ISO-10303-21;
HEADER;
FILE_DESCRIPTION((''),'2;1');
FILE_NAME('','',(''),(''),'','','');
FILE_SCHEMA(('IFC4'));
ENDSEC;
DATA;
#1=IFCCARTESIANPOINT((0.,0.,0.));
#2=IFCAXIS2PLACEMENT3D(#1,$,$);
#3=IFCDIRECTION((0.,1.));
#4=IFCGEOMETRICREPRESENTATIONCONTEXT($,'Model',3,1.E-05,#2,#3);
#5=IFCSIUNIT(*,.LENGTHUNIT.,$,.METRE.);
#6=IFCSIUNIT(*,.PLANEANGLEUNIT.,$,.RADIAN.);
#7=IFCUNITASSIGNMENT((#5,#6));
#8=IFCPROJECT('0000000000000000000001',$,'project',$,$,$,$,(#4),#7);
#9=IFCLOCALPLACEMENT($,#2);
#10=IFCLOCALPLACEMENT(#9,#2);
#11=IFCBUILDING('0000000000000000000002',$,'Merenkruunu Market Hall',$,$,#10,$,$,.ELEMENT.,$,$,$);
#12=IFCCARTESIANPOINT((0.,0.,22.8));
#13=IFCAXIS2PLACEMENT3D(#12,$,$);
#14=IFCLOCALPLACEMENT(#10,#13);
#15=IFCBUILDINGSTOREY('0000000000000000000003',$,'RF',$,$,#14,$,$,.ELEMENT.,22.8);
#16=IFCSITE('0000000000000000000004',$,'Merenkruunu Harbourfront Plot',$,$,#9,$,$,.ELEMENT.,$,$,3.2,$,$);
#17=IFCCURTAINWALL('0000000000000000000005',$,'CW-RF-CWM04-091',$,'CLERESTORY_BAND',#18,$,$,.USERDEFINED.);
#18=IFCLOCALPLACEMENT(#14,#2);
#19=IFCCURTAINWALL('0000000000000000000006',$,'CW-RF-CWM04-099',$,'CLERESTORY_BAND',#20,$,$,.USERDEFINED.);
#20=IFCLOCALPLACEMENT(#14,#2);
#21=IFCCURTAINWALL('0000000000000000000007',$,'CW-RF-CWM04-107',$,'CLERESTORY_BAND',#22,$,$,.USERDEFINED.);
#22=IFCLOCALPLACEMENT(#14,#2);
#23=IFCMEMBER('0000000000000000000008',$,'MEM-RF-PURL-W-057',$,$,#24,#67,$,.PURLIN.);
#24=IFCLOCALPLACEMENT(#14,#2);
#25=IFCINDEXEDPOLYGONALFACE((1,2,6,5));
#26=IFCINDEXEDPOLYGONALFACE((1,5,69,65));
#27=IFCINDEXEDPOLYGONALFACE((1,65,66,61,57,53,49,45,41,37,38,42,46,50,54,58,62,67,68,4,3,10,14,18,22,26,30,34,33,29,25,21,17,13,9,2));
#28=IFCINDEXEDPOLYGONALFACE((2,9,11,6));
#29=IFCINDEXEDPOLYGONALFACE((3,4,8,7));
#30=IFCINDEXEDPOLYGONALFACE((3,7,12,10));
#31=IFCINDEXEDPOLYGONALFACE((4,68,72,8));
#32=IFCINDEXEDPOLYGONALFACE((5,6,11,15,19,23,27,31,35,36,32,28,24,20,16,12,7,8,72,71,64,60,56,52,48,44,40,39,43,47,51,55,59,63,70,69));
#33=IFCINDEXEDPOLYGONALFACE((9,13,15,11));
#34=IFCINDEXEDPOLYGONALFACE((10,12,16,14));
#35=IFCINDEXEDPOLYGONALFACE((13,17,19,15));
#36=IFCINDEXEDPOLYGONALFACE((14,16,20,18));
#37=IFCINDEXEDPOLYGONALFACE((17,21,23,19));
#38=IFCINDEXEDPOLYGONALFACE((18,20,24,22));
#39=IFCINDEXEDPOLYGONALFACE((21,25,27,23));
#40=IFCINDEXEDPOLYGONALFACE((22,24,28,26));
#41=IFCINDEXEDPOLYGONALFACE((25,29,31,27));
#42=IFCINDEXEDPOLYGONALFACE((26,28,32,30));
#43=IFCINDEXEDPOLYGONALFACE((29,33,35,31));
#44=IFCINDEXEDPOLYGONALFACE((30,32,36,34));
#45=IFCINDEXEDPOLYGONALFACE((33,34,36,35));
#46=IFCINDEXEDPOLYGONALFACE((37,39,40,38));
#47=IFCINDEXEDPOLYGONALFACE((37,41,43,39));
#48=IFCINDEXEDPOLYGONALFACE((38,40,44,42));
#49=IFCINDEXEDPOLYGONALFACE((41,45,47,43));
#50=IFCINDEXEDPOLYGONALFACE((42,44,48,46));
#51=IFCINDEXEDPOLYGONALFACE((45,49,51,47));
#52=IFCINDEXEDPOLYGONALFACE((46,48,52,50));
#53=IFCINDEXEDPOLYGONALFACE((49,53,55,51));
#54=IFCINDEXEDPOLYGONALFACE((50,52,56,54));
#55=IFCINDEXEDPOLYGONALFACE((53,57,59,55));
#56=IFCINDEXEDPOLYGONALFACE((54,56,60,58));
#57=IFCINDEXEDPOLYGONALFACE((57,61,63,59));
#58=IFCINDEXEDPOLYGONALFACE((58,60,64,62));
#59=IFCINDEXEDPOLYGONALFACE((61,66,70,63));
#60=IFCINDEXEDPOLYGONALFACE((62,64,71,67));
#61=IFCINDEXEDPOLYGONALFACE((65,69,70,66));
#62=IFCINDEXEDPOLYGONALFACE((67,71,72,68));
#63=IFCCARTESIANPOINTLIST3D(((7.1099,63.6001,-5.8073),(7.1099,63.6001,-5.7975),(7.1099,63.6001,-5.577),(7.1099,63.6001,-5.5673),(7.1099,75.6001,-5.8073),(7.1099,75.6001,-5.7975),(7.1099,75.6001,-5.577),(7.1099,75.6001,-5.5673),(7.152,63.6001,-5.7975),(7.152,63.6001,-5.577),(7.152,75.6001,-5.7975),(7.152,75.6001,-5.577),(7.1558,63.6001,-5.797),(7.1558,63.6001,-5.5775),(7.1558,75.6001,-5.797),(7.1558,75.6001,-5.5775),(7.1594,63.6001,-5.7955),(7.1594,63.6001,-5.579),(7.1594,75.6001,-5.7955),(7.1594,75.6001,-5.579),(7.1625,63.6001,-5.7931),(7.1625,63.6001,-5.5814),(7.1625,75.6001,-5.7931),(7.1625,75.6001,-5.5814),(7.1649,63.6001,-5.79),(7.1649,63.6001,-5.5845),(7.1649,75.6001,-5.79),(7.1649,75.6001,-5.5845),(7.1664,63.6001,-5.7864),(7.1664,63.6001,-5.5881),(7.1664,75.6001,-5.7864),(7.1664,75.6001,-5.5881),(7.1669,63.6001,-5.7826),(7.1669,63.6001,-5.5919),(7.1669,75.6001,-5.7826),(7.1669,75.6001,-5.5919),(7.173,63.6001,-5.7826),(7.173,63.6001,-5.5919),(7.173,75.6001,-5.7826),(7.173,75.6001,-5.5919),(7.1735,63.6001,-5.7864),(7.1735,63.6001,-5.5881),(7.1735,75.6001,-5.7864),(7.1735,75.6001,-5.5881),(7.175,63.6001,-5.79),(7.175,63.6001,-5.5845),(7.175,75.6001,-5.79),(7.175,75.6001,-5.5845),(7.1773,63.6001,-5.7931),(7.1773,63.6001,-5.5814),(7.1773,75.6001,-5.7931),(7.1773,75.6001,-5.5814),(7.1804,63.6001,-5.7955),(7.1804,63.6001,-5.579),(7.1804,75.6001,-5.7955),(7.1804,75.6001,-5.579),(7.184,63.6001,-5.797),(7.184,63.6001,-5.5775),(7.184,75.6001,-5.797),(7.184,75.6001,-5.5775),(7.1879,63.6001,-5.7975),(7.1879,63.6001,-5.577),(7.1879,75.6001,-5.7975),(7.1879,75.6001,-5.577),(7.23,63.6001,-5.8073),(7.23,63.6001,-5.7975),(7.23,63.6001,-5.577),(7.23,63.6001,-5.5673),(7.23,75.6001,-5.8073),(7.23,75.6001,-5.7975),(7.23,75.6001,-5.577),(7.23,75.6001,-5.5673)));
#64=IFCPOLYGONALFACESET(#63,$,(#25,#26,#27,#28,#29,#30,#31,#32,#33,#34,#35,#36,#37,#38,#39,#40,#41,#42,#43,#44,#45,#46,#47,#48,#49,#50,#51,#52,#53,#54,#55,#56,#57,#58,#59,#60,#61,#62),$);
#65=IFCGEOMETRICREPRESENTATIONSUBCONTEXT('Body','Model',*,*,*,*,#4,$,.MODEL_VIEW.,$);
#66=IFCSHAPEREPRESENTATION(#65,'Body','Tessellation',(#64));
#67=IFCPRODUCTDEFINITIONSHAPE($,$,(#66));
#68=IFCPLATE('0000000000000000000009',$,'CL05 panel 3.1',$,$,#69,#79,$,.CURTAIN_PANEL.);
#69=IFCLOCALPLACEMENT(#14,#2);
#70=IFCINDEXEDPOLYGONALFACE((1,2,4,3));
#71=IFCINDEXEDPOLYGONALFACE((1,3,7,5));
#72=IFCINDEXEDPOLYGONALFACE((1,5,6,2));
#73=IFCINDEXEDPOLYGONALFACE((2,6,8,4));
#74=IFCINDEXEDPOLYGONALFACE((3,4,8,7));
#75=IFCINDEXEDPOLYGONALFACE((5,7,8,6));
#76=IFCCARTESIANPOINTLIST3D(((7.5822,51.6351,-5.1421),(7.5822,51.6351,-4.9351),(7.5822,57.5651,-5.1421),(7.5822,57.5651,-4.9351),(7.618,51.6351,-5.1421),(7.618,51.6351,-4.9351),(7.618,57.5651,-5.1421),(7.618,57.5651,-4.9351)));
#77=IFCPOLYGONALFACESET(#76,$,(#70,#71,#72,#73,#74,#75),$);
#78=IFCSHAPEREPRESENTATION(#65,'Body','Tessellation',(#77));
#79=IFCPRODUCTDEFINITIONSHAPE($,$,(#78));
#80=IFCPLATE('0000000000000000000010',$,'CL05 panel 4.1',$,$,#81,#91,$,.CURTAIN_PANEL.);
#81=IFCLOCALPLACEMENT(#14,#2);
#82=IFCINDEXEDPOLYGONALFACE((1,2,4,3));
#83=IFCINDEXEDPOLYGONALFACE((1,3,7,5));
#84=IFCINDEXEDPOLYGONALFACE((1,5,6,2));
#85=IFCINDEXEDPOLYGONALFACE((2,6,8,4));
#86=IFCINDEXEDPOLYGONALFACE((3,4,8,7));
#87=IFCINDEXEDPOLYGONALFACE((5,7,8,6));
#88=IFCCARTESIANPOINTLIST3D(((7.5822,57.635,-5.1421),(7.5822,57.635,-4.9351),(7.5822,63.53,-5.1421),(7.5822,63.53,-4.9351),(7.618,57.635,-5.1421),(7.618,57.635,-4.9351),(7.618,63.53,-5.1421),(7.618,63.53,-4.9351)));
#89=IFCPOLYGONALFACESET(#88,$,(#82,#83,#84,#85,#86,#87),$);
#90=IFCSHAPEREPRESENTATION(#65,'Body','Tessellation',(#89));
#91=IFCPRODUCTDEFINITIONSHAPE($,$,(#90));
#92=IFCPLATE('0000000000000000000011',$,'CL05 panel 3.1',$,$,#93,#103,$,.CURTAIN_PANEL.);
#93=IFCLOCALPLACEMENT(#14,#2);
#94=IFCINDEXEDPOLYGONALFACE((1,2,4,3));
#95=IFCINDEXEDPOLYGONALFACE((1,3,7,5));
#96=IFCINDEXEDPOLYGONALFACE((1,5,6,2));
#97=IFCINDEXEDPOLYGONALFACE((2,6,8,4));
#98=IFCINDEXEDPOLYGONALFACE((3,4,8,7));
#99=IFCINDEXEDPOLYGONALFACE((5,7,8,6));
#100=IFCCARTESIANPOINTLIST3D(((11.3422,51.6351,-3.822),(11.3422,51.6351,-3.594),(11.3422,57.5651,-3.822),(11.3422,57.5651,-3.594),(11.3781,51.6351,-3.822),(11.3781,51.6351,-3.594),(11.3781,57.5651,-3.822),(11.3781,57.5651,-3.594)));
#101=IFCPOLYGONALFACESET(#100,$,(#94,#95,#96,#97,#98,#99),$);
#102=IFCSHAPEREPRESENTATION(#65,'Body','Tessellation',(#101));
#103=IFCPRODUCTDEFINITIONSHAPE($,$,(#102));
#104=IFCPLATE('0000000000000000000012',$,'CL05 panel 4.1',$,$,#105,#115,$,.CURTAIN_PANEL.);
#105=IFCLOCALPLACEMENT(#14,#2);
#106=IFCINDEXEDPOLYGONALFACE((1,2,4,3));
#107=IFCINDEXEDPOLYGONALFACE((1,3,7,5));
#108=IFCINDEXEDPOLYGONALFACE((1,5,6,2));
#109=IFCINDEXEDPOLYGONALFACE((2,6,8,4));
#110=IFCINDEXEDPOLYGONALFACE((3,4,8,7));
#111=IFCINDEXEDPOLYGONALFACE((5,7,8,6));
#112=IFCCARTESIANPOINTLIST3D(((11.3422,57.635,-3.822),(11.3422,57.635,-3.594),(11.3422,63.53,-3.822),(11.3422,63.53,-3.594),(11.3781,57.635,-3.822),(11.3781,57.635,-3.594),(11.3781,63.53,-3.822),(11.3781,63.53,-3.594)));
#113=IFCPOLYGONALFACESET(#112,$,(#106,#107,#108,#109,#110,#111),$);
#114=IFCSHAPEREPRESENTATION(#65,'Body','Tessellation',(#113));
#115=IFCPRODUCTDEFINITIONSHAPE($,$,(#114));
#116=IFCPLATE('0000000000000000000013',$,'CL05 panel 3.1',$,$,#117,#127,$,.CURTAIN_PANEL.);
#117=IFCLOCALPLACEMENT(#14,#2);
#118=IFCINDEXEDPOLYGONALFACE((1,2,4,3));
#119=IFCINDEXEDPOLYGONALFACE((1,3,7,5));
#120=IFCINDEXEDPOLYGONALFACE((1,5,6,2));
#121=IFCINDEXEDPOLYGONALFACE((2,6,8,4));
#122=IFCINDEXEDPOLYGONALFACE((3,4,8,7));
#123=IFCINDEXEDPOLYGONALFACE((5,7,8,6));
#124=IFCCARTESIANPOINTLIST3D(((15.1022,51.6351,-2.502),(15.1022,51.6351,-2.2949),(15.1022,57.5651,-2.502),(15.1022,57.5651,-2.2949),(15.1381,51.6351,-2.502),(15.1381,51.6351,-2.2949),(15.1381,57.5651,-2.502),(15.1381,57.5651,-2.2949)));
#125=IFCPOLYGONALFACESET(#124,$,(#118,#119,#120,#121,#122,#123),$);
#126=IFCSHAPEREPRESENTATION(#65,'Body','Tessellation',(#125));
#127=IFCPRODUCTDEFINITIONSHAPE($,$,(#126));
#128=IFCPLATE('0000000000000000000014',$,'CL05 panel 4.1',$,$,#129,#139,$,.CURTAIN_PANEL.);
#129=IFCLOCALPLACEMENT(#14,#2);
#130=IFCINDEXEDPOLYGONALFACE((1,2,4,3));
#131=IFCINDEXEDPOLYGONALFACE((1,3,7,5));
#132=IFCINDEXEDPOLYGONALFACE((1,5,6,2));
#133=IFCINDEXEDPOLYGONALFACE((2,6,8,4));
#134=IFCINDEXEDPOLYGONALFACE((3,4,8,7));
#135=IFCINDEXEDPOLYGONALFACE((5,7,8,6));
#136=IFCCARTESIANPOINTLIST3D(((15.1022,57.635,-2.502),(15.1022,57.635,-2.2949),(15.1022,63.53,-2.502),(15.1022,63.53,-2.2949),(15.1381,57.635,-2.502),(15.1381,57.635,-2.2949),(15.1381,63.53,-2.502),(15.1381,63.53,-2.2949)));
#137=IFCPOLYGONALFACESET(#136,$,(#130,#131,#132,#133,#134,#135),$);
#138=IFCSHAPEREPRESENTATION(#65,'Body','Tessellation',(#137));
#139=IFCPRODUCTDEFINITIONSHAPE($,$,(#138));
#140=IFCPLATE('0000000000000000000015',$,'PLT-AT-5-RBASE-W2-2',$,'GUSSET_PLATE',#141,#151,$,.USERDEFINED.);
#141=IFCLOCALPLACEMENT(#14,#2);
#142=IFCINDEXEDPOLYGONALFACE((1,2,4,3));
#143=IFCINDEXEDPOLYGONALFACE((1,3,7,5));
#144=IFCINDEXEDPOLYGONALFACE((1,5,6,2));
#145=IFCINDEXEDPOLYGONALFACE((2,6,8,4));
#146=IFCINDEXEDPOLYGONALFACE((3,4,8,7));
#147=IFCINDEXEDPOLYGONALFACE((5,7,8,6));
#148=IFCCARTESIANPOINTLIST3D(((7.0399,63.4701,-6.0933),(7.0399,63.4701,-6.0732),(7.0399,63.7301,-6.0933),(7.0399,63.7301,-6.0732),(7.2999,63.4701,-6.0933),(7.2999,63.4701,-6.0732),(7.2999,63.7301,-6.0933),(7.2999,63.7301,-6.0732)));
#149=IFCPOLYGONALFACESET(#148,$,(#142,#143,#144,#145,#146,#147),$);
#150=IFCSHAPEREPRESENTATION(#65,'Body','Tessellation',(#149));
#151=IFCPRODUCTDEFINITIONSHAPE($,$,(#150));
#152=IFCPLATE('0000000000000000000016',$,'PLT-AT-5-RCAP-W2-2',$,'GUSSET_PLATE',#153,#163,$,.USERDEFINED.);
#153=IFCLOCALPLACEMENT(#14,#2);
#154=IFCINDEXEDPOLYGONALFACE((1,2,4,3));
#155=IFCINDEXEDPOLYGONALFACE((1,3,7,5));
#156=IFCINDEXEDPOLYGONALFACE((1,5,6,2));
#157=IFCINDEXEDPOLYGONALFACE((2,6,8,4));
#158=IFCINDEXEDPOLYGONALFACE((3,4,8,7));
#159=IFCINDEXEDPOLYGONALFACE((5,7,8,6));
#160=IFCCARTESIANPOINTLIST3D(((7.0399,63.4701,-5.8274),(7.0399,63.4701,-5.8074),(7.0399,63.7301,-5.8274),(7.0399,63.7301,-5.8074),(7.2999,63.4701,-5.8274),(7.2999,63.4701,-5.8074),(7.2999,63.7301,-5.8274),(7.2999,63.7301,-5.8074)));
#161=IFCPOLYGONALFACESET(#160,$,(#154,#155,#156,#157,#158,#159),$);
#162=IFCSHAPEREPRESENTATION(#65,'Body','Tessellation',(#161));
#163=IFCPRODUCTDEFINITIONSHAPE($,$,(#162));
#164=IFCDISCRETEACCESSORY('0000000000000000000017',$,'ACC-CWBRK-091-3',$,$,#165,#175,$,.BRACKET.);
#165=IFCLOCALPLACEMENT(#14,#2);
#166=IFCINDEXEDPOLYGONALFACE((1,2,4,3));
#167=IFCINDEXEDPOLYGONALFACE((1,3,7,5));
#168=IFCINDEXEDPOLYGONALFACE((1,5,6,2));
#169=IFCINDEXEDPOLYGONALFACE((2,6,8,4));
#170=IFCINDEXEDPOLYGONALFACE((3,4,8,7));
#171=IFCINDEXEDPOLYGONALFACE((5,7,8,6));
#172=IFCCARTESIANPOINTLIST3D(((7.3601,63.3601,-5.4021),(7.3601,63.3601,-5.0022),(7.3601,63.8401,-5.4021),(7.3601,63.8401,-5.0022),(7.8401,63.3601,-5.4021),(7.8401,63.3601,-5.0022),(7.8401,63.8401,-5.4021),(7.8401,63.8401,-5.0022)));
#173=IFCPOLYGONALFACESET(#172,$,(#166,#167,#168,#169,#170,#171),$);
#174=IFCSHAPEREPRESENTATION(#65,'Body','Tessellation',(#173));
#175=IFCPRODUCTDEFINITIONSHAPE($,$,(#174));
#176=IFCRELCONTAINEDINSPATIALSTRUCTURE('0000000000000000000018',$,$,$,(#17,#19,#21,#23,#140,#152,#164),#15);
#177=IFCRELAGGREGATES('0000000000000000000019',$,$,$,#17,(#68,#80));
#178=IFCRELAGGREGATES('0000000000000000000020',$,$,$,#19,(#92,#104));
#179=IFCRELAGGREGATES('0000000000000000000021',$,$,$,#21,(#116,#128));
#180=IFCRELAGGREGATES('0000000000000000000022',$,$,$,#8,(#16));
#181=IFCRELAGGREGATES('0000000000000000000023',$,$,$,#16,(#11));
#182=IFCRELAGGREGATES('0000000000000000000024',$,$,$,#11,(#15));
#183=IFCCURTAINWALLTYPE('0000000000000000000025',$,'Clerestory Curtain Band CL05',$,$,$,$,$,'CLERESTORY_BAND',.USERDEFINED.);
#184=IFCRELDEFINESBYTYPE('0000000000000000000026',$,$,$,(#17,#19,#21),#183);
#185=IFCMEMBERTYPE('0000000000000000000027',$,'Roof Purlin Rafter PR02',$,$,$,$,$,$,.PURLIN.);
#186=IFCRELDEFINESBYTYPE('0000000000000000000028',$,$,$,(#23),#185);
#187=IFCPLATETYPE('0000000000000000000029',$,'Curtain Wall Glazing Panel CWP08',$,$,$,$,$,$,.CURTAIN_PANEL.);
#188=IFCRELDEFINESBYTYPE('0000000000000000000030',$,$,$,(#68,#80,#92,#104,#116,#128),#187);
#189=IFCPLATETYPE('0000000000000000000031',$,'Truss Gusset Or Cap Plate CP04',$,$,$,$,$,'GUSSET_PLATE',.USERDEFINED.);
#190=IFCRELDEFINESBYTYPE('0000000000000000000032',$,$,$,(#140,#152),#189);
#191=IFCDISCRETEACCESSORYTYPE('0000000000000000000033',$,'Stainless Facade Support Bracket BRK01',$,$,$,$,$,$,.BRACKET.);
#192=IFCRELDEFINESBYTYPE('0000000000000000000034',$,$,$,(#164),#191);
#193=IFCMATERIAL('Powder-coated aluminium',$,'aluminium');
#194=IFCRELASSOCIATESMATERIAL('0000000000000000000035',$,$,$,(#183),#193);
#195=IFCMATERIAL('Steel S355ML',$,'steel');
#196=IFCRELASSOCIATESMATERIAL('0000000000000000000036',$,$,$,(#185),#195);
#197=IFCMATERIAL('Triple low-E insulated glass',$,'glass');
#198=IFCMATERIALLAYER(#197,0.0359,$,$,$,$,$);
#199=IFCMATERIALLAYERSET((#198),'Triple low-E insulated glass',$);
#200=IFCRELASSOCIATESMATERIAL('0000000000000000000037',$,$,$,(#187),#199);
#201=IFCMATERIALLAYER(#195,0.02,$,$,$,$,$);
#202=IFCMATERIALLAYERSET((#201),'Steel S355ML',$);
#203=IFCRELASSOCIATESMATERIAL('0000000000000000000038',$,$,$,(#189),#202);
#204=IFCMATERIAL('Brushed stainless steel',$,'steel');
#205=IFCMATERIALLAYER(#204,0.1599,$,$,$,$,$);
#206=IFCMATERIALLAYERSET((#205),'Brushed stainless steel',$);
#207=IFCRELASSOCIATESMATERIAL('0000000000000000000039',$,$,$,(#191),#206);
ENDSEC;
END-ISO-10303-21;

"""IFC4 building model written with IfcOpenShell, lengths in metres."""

from ifc_helpers import new_model, si_unit, direction, frame, origin, origin_2d, place, context, subcontext, project, spatial, rectangle, i_section, extrude, material, layer, layer_set, material_profile, profile_set, type_object, element, aggregate, save


model = new_model("IFC4")

# Units and contexts
model_context = context("Model", 3, precision=1e-05, world=origin(), true_north=direction((0.0, 1.0)))
body_context = subcontext(model_context, "Body", "Model", "MODEL_VIEW")
ifc_project = project(units=[si_unit("LENGTHUNIT", "METRE"), si_unit("PLANEANGLEUNIT", "RADIAN")], contexts=[model_context])

# Site, building, storey
site_placement = place(None, origin())
site = spatial("IfcSite", under=ifc_project, at=site_placement, Name="Merenkruunu Harbourfront Plot", CompositionType="ELEMENT", RefElevation=3.2)
building_placement = place(site_placement, origin())
building = spatial("IfcBuilding", under=site, at=building_placement, Name="Merenkruunu Market Hall", CompositionType="ELEMENT")
storey_placement = place(building_placement, frame((0.0, 0.0, 22.8)))
storey = spatial("IfcBuildingStorey", under=building, at=storey_placement, Name="RF", CompositionType="ELEMENT", Elevation=22.8)

# Curtain walls
ifc_material_1 = material(Name="Powder-coated aluminium", Category="aluminium")
curtain_wall_type = type_object("IfcCurtainWallType", Name="Clerestory Curtain Band CL05", ElementType="CLERESTORY_BAND", PredefinedType="USERDEFINED", material=ifc_material_1)
curtain_wall_1_placement = place(storey_placement, origin())
curtain_wall_1 = element("IfcCurtainWall", 1, at=curtain_wall_1_placement, inside=storey, type_object=curtain_wall_type, Name="CW-RF-CWM04-091", ObjectType="CLERESTORY_BAND", PredefinedType="USERDEFINED")
curtain_wall_2_placement = place(storey_placement, origin())
curtain_wall_2 = element("IfcCurtainWall", 2, at=curtain_wall_2_placement, inside=storey, type_object=curtain_wall_type, Name="CW-RF-CWM04-099", ObjectType="CLERESTORY_BAND", PredefinedType="USERDEFINED")
curtain_wall_3_placement = place(storey_placement, origin())
curtain_wall_3 = element("IfcCurtainWall", 3, at=curtain_wall_3_placement, inside=storey, type_object=curtain_wall_type, Name="CW-RF-CWM04-107", ObjectType="CLERESTORY_BAND", PredefinedType="USERDEFINED")

# Member
ifc_material_2 = material(Name="Steel S355ML", Category="steel")
ifc_material_profile_1 = material_profile(ifc_material_2, i_section(OverallWidth=0.1201, OverallDepth=0.24, WebThickness=0.0061, FlangeThickness=0.0098, FilletRadius=0.0149, at=origin_2d()), Name="IPE 240")
ifc_profile_set_1 = profile_set([ifc_material_profile_1], Name="Steel S355ML")
member_type_1 = type_object("IfcMemberType", Name="Roof Purlin Rafter PR02", PredefinedType="PURLIN", material=ifc_profile_set_1)
member_1_placement = place(storey_placement, frame((7.1699, 63.6001, -5.6873), z_axis=(0.0, 1.0, 0.0), x_axis=(-1.0, 0.0, 0.0)))
element("IfcMember", 4, at=member_1_placement, inside=storey, type_object=member_type_1, Name="MEM-RF-PURL-W-057", PredefinedType="PURLIN", context=body_context, shape_type="SweptSolid", body=[
    extrude(i_section(OverallWidth=0.1201, OverallDepth=0.24, WebThickness=0.0061, FlangeThickness=0.0098, FilletRadius=0.0149, at=origin_2d()), origin(), (0.0, 0.0, 1.0), 12.0),
])

# Plates
ifc_material_3 = material(Name="Triple low-E insulated glass", Category="glass")
ifc_layer_1 = layer(ifc_material_3, 0.0359)
ifc_layer_set_1 = layer_set([ifc_layer_1], Name="Triple low-E insulated glass")
plate_type_1 = type_object("IfcPlateType", Name="Curtain Wall Glazing Panel CWP08", PredefinedType="CURTAIN_PANEL", material=ifc_layer_set_1)
plate_1_placement = place(storey_placement, frame((7.6001, 54.6001, -5.1421), z_axis=(0.0, 0.0, 1.0), x_axis=(0.0, 1.0, 0.0)))
plate_1 = element("IfcPlate", 5, at=plate_1_placement, type_object=plate_type_1, Name="CL05 panel 3.1", PredefinedType="CURTAIN_PANEL", context=body_context, shape_type="SweptSolid", body=[
    extrude(rectangle(XDim=5.9299, YDim=0.0359, at=origin_2d()), origin(), (0.0, 0.0, 1.0), 0.207),
])
plate_2_placement = place(storey_placement, frame((7.6001, 60.5825, -5.1421), z_axis=(0.0, 0.0, 1.0), x_axis=(0.0, 1.0, 0.0)))
plate_2 = element("IfcPlate", 6, at=plate_2_placement, type_object=plate_type_1, Name="CL05 panel 4.1", PredefinedType="CURTAIN_PANEL", context=body_context, shape_type="SweptSolid", body=[
    extrude(rectangle(XDim=5.895, YDim=0.0359, at=origin_2d()), origin(), (0.0, 0.0, 1.0), 0.207),
])
aggregate(curtain_wall_1, [plate_1, plate_2])
plate_3_placement = place(storey_placement, frame((11.3601, 54.6001, -3.822), z_axis=(0.0, 0.0, 1.0), x_axis=(0.0, 1.0, 0.0)))
plate_3 = element("IfcPlate", 7, at=plate_3_placement, type_object=plate_type_1, Name="CL05 panel 3.1", PredefinedType="CURTAIN_PANEL", context=body_context, shape_type="SweptSolid", body=[
    extrude(rectangle(XDim=5.9299, YDim=0.0359, at=origin_2d()), origin(), (0.0, 0.0, 1.0), 0.228),
])
plate_4_placement = place(storey_placement, frame((11.3601, 60.5825, -3.822), z_axis=(0.0, 0.0, 1.0), x_axis=(0.0, 1.0, 0.0)))
plate_4 = element("IfcPlate", 8, at=plate_4_placement, type_object=plate_type_1, Name="CL05 panel 4.1", PredefinedType="CURTAIN_PANEL", context=body_context, shape_type="SweptSolid", body=[
    extrude(rectangle(XDim=5.895, YDim=0.0359, at=origin_2d()), origin(), (0.0, 0.0, 1.0), 0.228),
])
aggregate(curtain_wall_2, [plate_3, plate_4])
plate_5_placement = place(storey_placement, frame((15.1201, 54.6001, -2.502), z_axis=(0.0, 0.0, 1.0), x_axis=(0.0, 1.0, 0.0)))
plate_5 = element("IfcPlate", 9, at=plate_5_placement, type_object=plate_type_1, Name="CL05 panel 3.1", PredefinedType="CURTAIN_PANEL", context=body_context, shape_type="SweptSolid", body=[
    extrude(rectangle(XDim=5.9299, YDim=0.0359, at=origin_2d()), origin(), (0.0, 0.0, 1.0), 0.207),
])
plate_6_placement = place(storey_placement, frame((15.1201, 60.5825, -2.502), z_axis=(0.0, 0.0, 1.0), x_axis=(0.0, 1.0, 0.0)))
plate_6 = element("IfcPlate", 10, at=plate_6_placement, type_object=plate_type_1, Name="CL05 panel 4.1", PredefinedType="CURTAIN_PANEL", context=body_context, shape_type="SweptSolid", body=[
    extrude(rectangle(XDim=5.895, YDim=0.0359, at=origin_2d()), origin(), (0.0, 0.0, 1.0), 0.207),
])
aggregate(curtain_wall_3, [plate_5, plate_6])

# Plates
ifc_layer_2 = layer(ifc_material_2, 0.02)
ifc_layer_set_2 = layer_set([ifc_layer_2], Name="Steel S355ML")
plate_type_2 = type_object("IfcPlateType", Name="Truss Gusset Or Cap Plate CP04", ElementType="GUSSET_PLATE", PredefinedType="USERDEFINED", material=ifc_layer_set_2)
for number, where, z_axis, x_axis, name in (
    (11, (7.1699, 63.6001, -6.0933), (0.0, 0.0, 1.0), (1.0, 0.0, 0.0), "PLT-AT-5-RBASE-W2-2"),
    (12, (7.1699, 63.6001, -5.8274), (0.0, 0.0, 1.0), (1.0, 0.0, 0.0), "PLT-AT-5-RCAP-W2-2"),
):
    element("IfcPlate", number, at=place(storey_placement, frame(where, z_axis=z_axis, x_axis=x_axis)), inside=storey, type_object=plate_type_2, Name=name, ObjectType="GUSSET_PLATE", PredefinedType="USERDEFINED", context=body_context, shape_type="SweptSolid", body=[
        extrude(rectangle(XDim=0.26, YDim=0.26, at=origin_2d()), origin(), (0.0, 0.0, 1.0), 0.02),
    ])

# Discrete accessory
ifc_material_4 = material(Name="Brushed stainless steel", Category="steel")
ifc_layer_3 = layer(ifc_material_4, 0.1599)
ifc_layer_set_3 = layer_set([ifc_layer_3], Name="Brushed stainless steel")
discrete_accessory_type = type_object("IfcDiscreteAccessoryType", Name="Stainless Facade Support Bracket BRK01", PredefinedType="BRACKET", material=ifc_layer_set_3)
discrete_accessory_placement = place(storey_placement, frame((7.6001, 63.6001, -5.4021), z_axis=(0.0, 0.0, 1.0), x_axis=(1.0, 0.0, 0.0)))
element("IfcDiscreteAccessory", 13, at=discrete_accessory_placement, inside=storey, type_object=discrete_accessory_type, Name="ACC-CWBRK-091-3", PredefinedType="BRACKET", context=body_context, shape_type="SweptSolid", body=[
    extrude(rectangle(XDim=0.48, YDim=0.48, at=origin_2d()), origin(), (0.0, 0.0, 1.0), 0.3999),
])

save(model, "model.ifc")
